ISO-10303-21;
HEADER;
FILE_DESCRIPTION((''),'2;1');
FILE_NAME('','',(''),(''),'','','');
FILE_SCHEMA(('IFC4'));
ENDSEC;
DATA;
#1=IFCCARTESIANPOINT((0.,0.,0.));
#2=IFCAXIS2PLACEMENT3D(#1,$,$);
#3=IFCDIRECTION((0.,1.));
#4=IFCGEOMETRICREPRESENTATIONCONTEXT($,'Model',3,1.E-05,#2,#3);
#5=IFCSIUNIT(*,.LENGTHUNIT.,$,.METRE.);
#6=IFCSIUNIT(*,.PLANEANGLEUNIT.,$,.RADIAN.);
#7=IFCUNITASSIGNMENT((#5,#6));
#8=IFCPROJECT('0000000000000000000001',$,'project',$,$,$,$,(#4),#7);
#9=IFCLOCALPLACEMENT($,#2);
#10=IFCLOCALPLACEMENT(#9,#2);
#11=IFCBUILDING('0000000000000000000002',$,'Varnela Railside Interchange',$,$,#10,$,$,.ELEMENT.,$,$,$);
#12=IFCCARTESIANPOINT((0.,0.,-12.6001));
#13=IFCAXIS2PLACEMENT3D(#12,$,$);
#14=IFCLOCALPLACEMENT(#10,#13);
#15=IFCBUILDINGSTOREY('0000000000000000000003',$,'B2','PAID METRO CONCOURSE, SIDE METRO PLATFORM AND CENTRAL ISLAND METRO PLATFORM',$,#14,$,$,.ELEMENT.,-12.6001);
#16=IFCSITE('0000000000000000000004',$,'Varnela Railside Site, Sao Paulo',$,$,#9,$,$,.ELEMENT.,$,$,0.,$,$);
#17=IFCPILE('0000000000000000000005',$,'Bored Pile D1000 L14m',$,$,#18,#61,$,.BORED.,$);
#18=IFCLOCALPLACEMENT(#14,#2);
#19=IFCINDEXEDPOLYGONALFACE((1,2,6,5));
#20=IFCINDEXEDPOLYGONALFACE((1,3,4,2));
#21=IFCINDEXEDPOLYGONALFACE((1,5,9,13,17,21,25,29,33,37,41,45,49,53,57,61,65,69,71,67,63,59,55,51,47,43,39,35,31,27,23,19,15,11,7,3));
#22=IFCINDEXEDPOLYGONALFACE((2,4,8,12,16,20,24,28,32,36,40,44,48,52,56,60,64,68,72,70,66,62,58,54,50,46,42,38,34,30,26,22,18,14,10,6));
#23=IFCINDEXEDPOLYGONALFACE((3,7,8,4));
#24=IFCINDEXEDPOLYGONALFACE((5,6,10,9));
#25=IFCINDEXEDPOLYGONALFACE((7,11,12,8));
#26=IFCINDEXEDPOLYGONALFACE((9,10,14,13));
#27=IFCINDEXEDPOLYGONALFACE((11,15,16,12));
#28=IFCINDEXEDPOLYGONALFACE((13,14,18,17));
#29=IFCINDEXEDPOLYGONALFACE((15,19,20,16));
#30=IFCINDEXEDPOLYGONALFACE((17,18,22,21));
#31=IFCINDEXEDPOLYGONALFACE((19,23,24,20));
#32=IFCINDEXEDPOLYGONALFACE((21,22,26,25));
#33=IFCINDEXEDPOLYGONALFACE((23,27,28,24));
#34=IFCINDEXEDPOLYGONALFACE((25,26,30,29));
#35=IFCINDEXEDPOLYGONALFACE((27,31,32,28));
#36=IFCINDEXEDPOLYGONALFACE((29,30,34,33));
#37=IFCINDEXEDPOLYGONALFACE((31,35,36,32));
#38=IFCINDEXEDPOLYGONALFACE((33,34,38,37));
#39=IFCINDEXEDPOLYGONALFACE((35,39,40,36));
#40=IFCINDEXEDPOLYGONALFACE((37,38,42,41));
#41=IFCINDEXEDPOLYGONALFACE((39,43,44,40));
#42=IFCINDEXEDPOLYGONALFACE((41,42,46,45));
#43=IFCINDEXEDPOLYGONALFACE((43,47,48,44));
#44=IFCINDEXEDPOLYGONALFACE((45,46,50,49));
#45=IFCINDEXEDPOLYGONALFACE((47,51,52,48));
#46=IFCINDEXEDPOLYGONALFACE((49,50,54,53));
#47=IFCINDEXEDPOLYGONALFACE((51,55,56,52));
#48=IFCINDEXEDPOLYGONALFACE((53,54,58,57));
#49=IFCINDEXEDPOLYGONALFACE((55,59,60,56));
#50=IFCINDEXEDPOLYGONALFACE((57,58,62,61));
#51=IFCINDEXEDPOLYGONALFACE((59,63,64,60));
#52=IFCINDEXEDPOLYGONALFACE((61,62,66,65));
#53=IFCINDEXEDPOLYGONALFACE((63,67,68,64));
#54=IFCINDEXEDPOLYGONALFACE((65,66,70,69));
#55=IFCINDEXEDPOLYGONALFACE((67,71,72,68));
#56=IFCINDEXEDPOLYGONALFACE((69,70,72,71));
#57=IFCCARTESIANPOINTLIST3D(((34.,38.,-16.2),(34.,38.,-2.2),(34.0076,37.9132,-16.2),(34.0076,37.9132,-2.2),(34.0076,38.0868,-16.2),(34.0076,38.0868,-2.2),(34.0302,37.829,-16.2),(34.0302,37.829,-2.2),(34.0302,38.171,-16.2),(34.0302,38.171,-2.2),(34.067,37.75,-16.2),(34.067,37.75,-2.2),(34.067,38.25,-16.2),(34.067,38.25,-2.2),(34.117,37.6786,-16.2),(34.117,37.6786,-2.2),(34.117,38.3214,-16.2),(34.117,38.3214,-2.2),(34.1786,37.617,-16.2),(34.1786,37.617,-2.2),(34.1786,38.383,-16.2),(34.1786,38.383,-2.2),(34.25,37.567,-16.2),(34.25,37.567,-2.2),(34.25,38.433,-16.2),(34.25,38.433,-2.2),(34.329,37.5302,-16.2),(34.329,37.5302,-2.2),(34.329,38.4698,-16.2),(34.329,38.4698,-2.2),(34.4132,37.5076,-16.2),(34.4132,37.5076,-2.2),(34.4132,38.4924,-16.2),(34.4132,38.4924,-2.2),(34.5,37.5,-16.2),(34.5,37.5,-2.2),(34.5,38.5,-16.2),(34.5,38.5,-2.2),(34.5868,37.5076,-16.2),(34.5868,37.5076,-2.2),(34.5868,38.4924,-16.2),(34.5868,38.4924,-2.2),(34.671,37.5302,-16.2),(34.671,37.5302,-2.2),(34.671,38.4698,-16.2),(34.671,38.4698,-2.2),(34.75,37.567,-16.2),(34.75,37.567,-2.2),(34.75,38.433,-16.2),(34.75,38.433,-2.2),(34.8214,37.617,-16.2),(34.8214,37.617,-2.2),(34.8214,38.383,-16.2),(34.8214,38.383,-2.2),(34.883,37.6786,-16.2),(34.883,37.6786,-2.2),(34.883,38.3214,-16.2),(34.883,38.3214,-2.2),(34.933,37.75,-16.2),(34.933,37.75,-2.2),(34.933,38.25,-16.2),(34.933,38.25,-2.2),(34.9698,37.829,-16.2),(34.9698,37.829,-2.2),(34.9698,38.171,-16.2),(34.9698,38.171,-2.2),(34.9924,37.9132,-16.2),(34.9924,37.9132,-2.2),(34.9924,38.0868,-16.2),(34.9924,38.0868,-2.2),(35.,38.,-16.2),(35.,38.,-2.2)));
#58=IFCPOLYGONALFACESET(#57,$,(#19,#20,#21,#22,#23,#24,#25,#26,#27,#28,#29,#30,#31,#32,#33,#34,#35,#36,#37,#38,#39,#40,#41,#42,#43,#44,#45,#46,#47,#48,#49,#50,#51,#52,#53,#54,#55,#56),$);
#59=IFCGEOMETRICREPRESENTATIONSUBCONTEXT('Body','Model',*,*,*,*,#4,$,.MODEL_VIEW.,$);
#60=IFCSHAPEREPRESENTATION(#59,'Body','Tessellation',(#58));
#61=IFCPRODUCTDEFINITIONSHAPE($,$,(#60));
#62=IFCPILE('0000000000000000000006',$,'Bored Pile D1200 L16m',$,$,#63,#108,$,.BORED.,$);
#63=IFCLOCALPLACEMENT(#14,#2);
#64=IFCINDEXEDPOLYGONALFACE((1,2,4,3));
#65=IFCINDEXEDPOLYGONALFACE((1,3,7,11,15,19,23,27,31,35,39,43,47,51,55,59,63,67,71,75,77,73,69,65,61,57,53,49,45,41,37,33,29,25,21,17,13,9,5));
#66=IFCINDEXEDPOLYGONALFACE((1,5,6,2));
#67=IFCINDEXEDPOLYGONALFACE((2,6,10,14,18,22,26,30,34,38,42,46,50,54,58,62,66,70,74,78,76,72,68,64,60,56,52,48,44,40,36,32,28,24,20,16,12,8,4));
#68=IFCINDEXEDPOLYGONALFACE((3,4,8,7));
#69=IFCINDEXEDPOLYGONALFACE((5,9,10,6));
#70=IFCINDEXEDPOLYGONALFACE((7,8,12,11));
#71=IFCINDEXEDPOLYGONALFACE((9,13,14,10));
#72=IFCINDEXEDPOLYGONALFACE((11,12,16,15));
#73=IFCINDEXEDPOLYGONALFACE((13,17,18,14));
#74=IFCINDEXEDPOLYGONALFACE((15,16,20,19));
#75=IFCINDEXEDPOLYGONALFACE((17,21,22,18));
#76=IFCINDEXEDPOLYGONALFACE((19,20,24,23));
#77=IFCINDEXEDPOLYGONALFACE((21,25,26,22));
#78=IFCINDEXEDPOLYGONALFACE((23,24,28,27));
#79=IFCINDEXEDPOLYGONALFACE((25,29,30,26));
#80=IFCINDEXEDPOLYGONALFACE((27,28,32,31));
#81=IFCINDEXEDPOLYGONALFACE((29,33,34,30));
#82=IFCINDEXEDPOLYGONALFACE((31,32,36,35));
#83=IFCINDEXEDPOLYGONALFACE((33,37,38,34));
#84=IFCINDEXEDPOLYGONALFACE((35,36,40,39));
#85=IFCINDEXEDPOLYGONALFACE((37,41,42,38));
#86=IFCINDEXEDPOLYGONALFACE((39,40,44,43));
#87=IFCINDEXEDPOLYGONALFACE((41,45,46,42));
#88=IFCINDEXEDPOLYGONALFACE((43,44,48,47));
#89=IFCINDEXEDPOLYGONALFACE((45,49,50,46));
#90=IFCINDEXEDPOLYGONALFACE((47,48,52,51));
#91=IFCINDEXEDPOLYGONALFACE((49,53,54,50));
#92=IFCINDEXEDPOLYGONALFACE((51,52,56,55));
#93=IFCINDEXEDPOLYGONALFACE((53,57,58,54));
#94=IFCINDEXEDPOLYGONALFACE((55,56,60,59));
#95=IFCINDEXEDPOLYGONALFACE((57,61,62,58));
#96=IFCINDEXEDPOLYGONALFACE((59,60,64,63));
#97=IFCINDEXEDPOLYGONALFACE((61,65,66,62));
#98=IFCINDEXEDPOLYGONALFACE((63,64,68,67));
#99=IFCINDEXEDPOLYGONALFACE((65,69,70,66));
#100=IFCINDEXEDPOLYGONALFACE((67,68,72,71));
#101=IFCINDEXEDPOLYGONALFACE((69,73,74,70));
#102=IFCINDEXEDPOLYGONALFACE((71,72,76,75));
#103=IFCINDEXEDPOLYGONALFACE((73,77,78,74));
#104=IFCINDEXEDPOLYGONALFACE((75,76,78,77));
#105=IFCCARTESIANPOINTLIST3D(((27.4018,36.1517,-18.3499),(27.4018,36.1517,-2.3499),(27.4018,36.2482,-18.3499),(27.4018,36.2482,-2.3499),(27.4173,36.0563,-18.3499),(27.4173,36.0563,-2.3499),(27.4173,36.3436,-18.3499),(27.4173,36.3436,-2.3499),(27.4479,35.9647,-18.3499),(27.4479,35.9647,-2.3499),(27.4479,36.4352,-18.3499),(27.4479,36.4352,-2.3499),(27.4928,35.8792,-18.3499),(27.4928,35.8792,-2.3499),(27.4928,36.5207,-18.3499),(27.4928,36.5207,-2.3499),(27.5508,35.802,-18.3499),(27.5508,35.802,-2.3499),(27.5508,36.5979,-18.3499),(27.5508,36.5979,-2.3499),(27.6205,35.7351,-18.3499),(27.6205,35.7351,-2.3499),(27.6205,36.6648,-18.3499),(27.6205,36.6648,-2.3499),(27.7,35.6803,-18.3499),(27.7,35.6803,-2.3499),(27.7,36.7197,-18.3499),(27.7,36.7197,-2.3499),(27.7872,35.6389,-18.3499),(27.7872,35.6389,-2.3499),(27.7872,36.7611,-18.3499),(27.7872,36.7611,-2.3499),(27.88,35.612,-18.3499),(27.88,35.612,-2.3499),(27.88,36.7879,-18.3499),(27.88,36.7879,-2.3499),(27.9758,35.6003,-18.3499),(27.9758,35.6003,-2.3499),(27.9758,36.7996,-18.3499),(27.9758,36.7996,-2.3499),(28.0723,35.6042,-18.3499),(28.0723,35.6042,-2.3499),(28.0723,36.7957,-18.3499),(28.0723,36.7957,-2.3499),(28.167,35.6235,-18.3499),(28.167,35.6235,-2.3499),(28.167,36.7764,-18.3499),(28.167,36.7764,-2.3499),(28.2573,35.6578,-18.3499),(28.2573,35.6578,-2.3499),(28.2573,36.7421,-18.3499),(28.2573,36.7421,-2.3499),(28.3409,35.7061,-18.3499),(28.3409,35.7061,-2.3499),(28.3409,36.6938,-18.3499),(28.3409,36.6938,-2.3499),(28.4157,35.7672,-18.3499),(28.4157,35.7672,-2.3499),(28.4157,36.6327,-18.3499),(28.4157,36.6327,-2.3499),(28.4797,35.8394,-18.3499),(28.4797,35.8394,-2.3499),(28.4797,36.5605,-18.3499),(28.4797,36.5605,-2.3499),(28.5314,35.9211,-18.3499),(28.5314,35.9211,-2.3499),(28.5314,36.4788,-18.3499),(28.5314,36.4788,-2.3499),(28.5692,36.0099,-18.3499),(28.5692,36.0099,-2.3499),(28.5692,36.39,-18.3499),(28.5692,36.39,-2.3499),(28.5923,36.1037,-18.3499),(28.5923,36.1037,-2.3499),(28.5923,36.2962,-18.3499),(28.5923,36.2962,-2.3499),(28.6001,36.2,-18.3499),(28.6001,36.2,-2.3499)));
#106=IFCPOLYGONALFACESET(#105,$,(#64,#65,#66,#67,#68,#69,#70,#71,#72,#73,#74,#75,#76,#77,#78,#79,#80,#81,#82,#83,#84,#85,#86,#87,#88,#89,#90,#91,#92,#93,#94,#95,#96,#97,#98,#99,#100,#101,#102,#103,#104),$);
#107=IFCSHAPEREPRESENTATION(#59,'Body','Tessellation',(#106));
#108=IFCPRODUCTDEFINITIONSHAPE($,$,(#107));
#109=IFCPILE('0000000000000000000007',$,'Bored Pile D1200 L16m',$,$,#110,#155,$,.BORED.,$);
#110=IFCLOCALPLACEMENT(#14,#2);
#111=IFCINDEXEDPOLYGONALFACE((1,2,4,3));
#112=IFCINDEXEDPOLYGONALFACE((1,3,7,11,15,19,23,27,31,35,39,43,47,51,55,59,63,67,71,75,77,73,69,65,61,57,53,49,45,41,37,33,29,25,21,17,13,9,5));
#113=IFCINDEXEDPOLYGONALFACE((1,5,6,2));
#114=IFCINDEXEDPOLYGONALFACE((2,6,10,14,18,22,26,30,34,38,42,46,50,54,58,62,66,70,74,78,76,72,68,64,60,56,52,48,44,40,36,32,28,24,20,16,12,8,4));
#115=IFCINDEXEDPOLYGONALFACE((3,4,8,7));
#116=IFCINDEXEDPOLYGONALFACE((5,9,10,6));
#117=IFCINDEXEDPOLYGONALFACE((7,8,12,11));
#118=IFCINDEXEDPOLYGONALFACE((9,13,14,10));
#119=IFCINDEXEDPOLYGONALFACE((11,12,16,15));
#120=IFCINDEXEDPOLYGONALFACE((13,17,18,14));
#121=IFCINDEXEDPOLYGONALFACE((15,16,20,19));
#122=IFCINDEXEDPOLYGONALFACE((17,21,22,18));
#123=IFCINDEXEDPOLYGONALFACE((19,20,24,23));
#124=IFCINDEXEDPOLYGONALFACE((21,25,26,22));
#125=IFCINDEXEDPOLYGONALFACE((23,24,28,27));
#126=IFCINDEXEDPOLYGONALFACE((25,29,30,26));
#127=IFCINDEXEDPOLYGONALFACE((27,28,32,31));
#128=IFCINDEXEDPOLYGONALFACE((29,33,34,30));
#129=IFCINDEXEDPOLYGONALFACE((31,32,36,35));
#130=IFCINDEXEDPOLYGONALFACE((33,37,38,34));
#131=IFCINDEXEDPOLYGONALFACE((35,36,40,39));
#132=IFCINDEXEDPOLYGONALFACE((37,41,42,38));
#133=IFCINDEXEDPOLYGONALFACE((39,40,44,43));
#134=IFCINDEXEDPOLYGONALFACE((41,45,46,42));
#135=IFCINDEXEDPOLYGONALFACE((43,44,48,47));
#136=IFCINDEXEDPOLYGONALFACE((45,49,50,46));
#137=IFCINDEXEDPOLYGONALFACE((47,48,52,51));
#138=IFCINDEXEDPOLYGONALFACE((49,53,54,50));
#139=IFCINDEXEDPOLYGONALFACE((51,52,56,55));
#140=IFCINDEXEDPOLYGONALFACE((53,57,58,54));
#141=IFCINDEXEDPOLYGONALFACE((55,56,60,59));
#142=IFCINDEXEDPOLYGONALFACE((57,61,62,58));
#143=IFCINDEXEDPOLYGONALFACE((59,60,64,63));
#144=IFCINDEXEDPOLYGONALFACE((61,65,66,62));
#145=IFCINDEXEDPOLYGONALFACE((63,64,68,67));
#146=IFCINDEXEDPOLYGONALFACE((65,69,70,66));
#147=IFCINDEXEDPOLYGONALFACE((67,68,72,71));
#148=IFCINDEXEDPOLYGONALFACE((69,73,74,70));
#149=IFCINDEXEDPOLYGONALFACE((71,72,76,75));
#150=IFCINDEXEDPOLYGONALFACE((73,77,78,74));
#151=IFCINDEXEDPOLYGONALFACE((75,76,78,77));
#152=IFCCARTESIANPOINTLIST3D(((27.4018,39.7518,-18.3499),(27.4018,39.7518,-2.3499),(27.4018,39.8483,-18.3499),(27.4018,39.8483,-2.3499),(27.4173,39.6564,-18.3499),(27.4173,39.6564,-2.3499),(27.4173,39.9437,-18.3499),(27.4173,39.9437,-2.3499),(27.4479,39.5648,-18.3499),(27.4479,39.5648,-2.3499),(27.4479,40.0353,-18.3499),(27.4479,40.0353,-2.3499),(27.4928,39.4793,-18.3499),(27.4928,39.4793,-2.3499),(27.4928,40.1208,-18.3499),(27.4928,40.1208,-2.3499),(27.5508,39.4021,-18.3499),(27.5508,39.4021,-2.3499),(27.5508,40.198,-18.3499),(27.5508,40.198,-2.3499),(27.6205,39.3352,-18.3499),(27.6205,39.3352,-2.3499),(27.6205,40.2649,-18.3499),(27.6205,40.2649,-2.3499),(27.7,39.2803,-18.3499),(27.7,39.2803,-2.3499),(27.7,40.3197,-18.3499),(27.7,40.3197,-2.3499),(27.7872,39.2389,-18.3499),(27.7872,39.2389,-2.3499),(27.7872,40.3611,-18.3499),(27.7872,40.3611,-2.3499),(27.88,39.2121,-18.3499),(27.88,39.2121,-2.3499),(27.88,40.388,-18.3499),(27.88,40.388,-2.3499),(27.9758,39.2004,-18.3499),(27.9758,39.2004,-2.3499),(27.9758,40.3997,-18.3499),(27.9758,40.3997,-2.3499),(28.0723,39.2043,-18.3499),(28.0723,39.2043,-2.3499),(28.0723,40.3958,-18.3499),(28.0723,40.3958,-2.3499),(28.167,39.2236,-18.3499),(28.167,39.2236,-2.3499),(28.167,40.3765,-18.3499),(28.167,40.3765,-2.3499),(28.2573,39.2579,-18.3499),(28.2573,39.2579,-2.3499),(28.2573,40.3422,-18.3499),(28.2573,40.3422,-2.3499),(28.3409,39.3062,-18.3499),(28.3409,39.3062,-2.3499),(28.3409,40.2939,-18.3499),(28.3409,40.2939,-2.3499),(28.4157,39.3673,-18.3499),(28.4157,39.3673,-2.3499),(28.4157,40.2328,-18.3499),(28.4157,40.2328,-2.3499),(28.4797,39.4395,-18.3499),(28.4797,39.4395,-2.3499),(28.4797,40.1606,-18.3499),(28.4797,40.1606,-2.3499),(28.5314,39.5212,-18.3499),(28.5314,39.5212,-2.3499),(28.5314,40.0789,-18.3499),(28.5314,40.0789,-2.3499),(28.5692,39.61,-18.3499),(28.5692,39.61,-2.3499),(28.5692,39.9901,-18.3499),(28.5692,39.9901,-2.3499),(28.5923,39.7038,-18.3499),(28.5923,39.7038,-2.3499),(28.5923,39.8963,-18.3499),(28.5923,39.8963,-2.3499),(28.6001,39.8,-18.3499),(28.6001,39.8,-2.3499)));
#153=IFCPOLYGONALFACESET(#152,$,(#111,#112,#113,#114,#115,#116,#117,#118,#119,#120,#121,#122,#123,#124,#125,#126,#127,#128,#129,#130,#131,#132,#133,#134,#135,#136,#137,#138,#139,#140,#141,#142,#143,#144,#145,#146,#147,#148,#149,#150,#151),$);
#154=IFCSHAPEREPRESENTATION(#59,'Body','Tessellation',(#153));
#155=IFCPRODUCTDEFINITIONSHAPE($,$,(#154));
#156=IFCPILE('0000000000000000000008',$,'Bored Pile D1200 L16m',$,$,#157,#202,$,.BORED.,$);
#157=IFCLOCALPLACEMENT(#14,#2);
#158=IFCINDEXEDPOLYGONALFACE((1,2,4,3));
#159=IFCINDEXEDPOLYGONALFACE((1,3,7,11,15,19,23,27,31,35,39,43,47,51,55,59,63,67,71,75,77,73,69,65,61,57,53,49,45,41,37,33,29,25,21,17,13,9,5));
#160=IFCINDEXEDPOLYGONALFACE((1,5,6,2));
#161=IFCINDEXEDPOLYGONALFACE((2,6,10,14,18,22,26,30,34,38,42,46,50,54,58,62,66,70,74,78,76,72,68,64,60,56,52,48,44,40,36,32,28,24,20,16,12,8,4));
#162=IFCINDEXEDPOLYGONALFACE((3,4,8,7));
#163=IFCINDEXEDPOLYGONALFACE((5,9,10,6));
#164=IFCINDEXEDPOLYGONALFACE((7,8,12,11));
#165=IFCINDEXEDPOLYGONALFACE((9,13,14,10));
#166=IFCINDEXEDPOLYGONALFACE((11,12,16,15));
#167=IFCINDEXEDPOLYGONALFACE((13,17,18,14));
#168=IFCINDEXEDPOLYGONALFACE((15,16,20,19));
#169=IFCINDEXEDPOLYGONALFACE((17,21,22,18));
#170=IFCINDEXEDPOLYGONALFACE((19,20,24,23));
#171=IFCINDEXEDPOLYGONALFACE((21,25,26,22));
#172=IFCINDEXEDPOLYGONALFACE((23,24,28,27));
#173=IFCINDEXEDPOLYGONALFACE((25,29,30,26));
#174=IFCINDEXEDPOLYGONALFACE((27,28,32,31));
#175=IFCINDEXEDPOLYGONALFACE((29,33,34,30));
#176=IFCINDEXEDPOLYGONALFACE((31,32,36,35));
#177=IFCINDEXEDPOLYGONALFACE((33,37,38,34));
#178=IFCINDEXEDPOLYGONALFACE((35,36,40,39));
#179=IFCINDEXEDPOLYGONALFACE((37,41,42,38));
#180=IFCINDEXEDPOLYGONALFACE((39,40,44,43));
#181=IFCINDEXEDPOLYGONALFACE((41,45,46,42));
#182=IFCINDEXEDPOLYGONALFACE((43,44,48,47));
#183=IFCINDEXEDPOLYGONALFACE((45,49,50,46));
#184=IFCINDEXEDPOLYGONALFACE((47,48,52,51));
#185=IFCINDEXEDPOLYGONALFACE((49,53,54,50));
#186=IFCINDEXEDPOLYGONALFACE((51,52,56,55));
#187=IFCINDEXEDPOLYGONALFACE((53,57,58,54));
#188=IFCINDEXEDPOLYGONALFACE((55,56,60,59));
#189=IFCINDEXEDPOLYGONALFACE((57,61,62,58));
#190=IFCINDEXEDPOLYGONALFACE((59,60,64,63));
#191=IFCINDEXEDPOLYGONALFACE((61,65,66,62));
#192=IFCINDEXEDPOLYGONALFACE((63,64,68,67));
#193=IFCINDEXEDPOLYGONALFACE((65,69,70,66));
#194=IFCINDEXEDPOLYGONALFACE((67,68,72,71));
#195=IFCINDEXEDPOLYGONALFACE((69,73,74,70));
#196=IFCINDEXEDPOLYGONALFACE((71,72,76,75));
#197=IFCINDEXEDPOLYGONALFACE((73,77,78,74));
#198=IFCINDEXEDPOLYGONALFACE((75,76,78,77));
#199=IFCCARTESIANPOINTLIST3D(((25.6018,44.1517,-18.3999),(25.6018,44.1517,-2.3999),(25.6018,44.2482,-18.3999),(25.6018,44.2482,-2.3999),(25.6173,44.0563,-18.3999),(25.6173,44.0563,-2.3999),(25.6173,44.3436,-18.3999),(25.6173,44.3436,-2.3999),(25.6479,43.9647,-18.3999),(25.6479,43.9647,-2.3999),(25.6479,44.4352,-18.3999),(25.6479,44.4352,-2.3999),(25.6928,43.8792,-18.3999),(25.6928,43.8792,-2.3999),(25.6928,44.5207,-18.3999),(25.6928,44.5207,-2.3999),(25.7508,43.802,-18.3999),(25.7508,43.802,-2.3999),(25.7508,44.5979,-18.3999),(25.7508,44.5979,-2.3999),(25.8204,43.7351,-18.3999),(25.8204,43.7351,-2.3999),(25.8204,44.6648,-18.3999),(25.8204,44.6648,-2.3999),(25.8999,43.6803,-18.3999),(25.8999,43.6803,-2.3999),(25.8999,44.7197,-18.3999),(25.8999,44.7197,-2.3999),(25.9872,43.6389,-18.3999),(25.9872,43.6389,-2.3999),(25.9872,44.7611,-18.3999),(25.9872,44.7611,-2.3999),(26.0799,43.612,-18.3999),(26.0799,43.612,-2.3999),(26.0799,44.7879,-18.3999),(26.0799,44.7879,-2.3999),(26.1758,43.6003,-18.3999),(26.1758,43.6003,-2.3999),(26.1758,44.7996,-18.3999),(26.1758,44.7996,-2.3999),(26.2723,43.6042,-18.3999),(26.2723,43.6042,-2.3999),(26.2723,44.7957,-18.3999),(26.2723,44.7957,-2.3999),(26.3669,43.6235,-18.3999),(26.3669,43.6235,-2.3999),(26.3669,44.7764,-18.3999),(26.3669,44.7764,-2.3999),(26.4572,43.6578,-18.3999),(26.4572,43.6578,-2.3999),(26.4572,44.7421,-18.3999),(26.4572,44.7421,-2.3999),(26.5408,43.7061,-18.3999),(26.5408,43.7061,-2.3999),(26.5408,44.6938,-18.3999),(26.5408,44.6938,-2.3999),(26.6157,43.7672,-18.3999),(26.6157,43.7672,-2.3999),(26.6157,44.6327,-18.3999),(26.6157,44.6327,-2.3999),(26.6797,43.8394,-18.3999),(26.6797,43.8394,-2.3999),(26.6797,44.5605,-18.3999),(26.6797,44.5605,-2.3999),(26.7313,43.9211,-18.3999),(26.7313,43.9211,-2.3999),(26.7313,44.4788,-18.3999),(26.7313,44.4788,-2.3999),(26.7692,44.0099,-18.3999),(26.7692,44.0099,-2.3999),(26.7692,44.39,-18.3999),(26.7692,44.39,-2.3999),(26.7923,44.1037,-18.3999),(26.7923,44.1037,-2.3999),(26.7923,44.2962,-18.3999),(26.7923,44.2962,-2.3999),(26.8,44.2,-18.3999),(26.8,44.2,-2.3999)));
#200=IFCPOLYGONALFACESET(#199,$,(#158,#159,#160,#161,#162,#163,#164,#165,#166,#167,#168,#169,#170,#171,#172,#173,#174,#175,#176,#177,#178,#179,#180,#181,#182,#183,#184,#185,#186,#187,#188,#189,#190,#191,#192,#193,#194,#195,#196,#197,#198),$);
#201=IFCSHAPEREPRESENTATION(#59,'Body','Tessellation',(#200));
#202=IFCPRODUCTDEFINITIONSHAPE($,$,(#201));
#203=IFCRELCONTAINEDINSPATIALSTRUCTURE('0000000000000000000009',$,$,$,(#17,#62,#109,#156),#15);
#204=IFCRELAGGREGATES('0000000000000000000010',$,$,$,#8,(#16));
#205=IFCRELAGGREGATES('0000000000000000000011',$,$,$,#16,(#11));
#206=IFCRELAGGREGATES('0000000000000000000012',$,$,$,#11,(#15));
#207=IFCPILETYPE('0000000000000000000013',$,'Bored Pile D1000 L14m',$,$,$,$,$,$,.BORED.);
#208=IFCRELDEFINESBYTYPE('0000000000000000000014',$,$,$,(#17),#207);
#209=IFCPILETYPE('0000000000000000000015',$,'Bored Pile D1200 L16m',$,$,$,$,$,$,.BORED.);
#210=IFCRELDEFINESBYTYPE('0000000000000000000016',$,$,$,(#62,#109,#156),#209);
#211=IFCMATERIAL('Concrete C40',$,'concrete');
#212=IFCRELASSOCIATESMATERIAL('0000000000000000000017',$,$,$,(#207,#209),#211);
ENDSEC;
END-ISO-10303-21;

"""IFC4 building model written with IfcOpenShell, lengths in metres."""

from ifc_helpers import new_model, si_unit, direction, frame, origin, origin_2d, place, context, subcontext, project, spatial, circle, extrude, material, material_profile, profile_set, type_object, element, save


model = new_model("IFC4")

# Units and contexts
model_context = context("Model", 3, precision=1e-05, world=origin(), true_north=direction((0.0, 1.0)))
body_context = subcontext(model_context, "Body", "Model", "MODEL_VIEW")
ifc_project = project(units=[si_unit("LENGTHUNIT", "METRE"), si_unit("PLANEANGLEUNIT", "RADIAN")], contexts=[model_context])

# Site, building, storey
site_placement = place(None, origin())
site = spatial("IfcSite", under=ifc_project, at=site_placement, Name="Varnela Railside Site, Sao Paulo", CompositionType="ELEMENT", RefElevation=0.0)
building_placement = place(site_placement, origin())
building = spatial("IfcBuilding", under=site, at=building_placement, Name="Varnela Railside Interchange", CompositionType="ELEMENT")
storey_placement = place(building_placement, frame((0.0, 0.0, -12.6001)))
storey = spatial("IfcBuildingStorey", under=building, at=storey_placement, Name="B2", Description="PAID METRO CONCOURSE, SIDE METRO PLATFORM AND CENTRAL ISLAND METRO PLATFORM", CompositionType="ELEMENT", Elevation=-12.6001)

# Piles
ifc_material_1 = material(Name="Concrete C40", Category="concrete")
ifc_material_profile_1 = material_profile(ifc_material_1, circle(Radius=0.5, at=origin_2d()), Name="BORED PILE D1000")
ifc_profile_set_1 = profile_set([ifc_material_profile_1], Name="Concrete C40")
pile_type_1 = type_object("IfcPileType", Name="Bored Pile D1000 L14m", PredefinedType="BORED", material=ifc_profile_set_1)
pile_placement = place(storey_placement, frame((34.5, 38.0, -2.2), z_axis=(0.0, 0.0, -1.0), x_axis=(1.0, 0.0, 0.0)))
element("IfcPile", 1, at=pile_placement, inside=storey, type_object=pile_type_1, Name="Bored Pile D1000 L14m", PredefinedType="BORED", context=body_context, shape_type="SweptSolid", body=[
    extrude(circle(Radius=0.5, at=origin_2d()), origin(), (0.0, 0.0, 1.0), 14.0),
])
ifc_material_profile_2 = material_profile(ifc_material_1, circle(Radius=0.6001, at=origin_2d()), Name="BORED PILE D1200")
ifc_profile_set_2 = profile_set([ifc_material_profile_2], Name="Concrete C40")
pile_type_2 = type_object("IfcPileType", Name="Bored Pile D1200 L16m", PredefinedType="BORED", material=ifc_profile_set_2)
for number, where, z_axis, x_axis, name in (
    (2, (28.0, 36.2, -2.3499), (0.0, 0.0, -1.0), (1.0, 0.0, 0.0), "Bored Pile D1200 L16m"),
    (3, (28.0, 39.8, -2.3499), (0.0, 0.0, -1.0), (1.0, 0.0, 0.0), "Bored Pile D1200 L16m"),
    (4, (26.2, 44.2, -2.3999), (0.0, 0.0, -1.0), (1.0, 0.0, 0.0), "Bored Pile D1200 L16m"),
):
    element("IfcPile", number, at=place(storey_placement, frame(where, z_axis=z_axis, x_axis=x_axis)), inside=storey, type_object=pile_type_2, Name=name, PredefinedType="BORED", context=body_context, shape_type="SweptSolid", body=[
        extrude(circle(Radius=0.6001, at=origin_2d()), origin(), (0.0, 0.0, 1.0), 16.0),
    ])

save(model, "model.ifc")
